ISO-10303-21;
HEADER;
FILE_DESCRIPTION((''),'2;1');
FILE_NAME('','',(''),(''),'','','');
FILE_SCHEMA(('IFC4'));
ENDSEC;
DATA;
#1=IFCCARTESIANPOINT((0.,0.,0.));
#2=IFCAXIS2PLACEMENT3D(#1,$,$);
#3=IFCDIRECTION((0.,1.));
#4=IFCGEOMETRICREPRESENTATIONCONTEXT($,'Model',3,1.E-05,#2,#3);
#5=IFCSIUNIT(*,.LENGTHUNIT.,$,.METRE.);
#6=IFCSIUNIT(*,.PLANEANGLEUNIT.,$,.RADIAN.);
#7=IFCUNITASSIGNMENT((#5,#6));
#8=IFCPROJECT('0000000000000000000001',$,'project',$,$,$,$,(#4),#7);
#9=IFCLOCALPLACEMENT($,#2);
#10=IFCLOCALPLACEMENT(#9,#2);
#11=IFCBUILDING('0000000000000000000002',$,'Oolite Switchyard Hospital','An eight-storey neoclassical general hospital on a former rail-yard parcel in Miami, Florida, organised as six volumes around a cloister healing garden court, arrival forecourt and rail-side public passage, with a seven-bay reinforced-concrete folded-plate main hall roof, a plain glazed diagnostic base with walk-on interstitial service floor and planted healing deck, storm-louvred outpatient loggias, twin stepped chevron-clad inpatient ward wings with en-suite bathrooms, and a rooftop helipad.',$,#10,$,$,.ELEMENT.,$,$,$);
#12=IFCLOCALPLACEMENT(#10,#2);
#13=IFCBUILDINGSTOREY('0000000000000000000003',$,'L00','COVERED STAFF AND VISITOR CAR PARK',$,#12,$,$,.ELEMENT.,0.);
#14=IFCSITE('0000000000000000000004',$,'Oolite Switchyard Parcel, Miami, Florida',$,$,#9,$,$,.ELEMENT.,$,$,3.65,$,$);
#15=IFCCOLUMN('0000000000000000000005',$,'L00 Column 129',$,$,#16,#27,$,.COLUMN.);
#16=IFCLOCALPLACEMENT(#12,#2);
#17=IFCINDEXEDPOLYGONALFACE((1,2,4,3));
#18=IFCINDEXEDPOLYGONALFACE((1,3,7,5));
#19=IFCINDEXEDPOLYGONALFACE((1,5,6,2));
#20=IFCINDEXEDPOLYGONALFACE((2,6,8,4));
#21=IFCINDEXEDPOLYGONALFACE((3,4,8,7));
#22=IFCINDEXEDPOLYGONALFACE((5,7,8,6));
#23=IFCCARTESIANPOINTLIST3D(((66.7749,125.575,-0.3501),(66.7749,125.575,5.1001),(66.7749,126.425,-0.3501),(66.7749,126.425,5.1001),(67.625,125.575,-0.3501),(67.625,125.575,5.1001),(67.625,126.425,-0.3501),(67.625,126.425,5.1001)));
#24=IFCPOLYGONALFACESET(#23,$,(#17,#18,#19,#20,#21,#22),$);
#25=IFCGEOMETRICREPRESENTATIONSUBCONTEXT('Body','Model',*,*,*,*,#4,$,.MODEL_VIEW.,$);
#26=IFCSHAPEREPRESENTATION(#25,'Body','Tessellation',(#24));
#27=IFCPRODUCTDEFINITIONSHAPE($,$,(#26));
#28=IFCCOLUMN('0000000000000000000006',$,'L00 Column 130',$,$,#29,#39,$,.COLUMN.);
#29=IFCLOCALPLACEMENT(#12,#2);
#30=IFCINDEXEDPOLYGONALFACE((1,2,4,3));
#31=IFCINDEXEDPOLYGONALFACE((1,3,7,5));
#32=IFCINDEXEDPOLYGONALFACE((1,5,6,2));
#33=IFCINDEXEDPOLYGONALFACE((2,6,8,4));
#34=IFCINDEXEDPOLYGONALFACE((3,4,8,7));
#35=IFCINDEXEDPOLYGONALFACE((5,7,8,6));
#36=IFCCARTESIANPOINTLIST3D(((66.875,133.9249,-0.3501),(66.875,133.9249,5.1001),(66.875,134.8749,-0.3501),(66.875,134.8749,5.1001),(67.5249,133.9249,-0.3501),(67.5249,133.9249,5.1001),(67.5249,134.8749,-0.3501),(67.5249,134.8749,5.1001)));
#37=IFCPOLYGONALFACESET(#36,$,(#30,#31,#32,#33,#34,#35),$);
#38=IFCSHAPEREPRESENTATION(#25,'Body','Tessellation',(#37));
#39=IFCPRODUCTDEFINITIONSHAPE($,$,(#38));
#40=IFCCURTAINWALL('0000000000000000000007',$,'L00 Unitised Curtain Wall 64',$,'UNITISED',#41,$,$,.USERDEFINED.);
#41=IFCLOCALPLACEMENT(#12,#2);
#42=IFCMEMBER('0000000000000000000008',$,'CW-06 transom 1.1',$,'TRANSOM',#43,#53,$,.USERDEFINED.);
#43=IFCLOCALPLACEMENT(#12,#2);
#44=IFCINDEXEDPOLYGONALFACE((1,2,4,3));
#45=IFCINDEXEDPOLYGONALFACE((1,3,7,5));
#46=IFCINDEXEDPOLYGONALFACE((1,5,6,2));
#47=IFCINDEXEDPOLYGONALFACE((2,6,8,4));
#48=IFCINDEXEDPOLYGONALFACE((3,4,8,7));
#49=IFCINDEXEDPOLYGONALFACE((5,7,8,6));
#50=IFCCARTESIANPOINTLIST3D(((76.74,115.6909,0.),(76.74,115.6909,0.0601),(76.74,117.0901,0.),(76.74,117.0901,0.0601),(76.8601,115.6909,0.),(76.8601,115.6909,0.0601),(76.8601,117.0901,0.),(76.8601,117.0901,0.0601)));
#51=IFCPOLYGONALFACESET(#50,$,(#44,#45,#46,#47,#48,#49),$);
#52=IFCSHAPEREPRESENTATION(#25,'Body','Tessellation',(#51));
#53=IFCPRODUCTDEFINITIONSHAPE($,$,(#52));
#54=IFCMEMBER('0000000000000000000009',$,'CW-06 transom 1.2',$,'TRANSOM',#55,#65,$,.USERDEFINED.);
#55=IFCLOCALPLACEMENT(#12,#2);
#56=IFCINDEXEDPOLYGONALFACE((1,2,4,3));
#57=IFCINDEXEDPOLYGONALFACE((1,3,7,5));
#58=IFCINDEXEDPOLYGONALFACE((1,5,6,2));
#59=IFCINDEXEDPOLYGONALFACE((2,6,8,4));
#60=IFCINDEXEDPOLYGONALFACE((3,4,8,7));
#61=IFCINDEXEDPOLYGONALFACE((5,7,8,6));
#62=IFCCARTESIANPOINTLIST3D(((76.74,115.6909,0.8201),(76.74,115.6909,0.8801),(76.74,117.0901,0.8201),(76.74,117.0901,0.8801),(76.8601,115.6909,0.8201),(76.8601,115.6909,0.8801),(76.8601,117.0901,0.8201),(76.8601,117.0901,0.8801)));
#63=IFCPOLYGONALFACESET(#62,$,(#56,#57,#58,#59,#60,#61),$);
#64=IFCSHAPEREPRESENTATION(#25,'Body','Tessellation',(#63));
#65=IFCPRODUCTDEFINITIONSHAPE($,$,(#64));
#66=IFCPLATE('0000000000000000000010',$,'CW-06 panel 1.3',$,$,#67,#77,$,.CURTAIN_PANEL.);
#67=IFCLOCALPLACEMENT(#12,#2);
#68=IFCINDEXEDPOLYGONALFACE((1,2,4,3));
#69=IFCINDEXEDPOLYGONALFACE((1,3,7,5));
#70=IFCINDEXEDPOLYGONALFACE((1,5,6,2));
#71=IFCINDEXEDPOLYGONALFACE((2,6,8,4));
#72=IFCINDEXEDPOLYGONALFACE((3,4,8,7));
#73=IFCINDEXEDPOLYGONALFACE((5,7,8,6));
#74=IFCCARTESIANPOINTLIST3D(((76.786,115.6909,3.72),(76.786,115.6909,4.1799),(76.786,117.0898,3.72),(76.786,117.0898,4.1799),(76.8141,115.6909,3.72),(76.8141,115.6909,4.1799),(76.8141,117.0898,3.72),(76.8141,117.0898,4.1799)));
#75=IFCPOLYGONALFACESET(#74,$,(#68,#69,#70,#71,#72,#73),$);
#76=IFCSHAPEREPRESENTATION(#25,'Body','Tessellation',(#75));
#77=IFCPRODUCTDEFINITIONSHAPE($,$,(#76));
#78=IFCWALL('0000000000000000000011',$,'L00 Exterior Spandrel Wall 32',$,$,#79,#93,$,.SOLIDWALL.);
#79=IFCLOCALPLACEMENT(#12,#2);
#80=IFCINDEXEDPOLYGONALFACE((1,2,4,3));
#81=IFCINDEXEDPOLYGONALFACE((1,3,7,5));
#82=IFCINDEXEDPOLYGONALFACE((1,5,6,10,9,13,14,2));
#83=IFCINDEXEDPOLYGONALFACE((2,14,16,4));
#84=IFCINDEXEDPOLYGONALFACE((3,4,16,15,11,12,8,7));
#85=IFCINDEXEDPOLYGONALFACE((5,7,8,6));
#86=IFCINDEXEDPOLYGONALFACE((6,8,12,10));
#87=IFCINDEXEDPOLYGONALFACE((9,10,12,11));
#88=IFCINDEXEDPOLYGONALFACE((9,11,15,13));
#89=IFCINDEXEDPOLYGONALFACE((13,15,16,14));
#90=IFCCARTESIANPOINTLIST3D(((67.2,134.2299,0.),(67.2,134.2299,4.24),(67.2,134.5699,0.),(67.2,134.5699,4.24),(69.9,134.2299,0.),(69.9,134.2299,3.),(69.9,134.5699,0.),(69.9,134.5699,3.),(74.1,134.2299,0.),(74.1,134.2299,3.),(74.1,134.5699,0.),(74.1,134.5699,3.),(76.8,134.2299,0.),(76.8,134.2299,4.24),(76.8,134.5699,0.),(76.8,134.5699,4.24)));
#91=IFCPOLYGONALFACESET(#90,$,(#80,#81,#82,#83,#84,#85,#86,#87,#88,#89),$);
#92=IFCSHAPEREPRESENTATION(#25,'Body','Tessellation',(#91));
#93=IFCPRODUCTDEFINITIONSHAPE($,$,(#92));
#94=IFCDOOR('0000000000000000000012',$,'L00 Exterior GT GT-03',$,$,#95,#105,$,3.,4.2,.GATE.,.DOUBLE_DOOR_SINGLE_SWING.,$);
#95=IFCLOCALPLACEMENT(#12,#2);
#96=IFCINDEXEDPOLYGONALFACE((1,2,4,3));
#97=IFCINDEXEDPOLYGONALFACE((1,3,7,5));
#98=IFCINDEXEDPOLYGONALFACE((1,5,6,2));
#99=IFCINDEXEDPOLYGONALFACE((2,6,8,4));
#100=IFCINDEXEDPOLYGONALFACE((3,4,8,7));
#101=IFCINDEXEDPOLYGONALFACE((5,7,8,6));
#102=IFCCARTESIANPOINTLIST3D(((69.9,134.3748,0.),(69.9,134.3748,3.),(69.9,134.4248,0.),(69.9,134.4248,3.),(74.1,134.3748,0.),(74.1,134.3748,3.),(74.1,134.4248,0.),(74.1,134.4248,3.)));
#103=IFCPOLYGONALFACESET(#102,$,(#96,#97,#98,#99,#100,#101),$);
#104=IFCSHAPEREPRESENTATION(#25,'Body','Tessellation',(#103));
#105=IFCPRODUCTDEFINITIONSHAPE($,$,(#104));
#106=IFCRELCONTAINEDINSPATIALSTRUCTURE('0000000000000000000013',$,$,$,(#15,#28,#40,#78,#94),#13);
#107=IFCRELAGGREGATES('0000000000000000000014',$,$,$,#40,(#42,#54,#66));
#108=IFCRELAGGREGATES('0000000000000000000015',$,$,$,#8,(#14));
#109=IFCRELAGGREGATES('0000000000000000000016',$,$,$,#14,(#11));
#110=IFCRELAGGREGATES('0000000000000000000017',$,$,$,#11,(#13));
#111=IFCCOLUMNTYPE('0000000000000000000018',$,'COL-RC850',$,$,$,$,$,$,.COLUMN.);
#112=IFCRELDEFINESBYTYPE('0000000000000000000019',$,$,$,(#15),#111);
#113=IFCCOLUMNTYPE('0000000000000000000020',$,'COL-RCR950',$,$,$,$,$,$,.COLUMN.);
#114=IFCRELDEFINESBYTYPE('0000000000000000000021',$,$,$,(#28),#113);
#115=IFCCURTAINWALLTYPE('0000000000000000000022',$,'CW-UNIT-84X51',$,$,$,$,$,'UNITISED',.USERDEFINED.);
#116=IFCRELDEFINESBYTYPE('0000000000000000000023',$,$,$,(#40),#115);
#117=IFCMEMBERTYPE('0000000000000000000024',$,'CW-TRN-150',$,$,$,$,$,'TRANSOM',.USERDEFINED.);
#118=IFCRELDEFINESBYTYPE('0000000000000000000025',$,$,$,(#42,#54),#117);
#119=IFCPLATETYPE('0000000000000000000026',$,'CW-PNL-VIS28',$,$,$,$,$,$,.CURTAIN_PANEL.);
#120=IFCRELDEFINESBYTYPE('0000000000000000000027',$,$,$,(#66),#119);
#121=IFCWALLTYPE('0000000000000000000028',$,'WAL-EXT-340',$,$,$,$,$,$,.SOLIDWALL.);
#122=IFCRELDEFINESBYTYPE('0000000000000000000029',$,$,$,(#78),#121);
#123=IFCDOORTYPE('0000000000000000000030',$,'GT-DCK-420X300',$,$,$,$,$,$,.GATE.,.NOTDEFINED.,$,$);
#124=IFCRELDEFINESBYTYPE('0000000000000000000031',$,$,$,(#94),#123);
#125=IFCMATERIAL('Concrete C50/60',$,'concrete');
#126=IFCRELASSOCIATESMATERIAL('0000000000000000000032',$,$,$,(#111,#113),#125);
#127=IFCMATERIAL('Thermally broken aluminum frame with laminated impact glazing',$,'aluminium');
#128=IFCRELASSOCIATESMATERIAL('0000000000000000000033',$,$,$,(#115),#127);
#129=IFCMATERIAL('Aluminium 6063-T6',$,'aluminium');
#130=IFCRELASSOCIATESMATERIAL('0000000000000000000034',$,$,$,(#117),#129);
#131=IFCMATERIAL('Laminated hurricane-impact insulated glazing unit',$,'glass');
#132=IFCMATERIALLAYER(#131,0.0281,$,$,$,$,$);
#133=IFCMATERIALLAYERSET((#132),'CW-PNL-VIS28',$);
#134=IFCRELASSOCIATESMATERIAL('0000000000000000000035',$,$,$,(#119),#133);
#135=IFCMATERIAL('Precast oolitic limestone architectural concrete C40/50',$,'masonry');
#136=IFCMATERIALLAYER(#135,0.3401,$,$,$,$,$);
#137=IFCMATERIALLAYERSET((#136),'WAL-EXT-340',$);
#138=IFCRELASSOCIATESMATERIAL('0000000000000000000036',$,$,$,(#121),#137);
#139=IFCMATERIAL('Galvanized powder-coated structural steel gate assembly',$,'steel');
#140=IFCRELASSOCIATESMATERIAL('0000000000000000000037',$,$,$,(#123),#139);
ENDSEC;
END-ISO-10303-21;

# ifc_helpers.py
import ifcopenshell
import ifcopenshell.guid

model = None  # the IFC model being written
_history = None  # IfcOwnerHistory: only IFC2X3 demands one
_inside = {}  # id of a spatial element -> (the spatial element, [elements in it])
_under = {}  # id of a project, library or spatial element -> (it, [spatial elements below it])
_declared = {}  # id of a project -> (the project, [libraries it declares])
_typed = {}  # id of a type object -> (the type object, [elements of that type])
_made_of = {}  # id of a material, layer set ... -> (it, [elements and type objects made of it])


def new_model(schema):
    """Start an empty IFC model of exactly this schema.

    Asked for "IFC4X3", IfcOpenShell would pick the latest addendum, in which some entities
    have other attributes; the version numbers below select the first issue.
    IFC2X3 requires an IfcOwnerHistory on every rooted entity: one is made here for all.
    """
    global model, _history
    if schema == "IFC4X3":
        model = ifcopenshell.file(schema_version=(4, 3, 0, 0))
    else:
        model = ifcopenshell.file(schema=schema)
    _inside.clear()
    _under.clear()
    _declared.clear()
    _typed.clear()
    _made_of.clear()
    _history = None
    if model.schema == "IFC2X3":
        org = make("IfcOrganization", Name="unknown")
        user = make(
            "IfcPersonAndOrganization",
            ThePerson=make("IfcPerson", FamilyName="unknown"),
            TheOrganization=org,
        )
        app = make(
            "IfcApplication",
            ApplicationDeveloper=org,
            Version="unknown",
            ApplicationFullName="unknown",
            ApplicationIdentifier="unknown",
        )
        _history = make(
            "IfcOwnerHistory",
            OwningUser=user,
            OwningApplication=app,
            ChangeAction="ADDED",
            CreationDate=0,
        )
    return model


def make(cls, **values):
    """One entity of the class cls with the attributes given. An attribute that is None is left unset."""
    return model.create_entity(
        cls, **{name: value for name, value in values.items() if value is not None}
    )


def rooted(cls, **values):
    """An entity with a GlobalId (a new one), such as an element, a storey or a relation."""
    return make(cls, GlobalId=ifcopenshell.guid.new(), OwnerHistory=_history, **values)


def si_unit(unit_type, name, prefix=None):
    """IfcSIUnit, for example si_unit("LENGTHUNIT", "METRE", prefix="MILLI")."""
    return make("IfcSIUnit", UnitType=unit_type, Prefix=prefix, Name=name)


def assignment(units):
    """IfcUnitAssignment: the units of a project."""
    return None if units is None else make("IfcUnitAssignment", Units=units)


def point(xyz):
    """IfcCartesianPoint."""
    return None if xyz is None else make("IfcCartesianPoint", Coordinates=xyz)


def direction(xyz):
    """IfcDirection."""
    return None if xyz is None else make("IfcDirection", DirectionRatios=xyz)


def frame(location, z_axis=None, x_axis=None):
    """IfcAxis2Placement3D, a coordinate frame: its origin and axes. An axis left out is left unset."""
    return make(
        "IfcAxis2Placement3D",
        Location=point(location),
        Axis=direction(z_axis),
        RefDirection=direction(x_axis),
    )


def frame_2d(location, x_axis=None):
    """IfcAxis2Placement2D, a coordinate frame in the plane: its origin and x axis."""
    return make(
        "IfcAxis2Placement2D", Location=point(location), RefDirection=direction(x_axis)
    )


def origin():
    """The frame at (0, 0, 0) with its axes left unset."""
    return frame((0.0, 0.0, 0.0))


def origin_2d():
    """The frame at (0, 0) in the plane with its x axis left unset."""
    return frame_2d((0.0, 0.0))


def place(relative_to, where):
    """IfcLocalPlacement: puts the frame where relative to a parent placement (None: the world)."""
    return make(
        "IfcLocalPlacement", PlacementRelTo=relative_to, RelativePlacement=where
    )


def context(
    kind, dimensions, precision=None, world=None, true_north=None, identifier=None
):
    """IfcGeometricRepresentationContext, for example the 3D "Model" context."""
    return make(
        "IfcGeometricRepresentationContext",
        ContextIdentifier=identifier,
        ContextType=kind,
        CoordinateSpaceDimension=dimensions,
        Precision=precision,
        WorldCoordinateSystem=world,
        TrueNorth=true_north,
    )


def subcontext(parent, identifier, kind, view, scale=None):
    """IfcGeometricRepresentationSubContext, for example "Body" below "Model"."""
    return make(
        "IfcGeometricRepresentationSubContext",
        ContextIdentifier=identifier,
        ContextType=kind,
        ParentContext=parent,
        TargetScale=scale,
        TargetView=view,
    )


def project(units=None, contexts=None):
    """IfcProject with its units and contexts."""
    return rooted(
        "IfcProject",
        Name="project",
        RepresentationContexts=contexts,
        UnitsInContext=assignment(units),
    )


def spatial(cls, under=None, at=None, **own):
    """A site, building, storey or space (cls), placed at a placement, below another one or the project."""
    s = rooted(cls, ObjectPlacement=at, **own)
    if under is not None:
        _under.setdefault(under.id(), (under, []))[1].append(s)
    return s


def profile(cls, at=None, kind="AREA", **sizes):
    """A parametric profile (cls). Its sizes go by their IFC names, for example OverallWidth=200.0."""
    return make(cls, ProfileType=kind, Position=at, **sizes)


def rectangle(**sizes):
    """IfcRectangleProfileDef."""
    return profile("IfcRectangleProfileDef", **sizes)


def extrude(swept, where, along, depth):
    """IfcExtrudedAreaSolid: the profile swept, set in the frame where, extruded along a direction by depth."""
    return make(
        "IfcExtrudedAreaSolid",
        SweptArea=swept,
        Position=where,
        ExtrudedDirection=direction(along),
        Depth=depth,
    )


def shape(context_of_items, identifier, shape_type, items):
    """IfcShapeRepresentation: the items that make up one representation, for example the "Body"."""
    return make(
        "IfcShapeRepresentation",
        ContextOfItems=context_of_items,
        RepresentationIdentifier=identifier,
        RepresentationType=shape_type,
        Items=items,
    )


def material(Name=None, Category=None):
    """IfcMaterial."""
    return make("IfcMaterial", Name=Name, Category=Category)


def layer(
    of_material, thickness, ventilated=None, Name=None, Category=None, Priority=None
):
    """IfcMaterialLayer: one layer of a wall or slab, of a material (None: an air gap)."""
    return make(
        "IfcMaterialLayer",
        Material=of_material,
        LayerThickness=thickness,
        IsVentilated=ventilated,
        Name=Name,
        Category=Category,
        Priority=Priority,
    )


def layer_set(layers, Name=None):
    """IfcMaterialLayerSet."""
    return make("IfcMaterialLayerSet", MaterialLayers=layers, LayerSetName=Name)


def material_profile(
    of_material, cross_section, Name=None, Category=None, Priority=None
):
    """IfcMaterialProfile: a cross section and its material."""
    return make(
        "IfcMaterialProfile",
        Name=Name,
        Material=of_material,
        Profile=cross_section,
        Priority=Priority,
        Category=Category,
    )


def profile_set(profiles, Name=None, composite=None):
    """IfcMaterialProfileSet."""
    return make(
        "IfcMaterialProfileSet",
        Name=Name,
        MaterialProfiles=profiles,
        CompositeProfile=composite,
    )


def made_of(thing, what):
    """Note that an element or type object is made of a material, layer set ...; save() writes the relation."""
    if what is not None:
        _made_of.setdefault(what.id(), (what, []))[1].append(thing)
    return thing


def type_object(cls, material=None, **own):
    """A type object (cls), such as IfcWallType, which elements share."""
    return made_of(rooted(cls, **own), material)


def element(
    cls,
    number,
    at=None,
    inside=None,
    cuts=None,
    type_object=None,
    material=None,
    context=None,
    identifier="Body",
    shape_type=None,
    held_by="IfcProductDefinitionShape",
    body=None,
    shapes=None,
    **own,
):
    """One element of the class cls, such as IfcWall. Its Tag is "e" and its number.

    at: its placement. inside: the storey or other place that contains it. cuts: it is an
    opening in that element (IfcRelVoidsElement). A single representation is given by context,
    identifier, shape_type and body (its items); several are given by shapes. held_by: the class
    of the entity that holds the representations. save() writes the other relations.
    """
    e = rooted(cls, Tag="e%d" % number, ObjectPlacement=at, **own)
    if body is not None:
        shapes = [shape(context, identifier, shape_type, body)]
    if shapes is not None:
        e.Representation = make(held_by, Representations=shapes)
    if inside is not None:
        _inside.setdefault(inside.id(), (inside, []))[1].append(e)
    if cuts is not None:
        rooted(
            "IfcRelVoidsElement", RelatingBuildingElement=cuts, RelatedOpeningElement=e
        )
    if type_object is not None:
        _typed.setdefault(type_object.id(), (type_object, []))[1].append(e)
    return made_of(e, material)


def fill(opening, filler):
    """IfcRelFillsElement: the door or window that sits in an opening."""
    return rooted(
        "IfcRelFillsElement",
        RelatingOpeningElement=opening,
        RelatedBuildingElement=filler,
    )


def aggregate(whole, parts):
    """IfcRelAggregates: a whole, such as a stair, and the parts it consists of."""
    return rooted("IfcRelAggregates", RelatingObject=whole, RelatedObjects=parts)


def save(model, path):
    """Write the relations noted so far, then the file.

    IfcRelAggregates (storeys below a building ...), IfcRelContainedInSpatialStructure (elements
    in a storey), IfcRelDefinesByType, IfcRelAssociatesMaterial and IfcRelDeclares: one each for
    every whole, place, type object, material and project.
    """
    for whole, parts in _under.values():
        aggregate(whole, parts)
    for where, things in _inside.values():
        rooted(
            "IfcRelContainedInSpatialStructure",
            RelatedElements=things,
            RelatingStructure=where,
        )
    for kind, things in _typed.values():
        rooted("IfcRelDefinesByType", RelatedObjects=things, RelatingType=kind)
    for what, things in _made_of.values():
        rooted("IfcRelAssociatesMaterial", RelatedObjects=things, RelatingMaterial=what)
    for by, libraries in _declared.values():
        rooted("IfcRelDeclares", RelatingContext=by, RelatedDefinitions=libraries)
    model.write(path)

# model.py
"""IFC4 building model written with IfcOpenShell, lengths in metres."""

from ifc_helpers import new_model, si_unit, direction, frame, frame_2d, origin, origin_2d, place, context, subcontext, project, spatial, rectangle, extrude, material, layer, layer_set, material_profile, profile_set, type_object, element, fill, aggregate, save


model = new_model("IFC4")

# Units and contexts
model_context = context("Model", 3, precision=1e-05, world=origin(), true_north=direction((0.0, 1.0)))
body_context = subcontext(model_context, "Body", "Model", "MODEL_VIEW")
ifc_project = project(units=[si_unit("LENGTHUNIT", "METRE"), si_unit("PLANEANGLEUNIT", "RADIAN")], contexts=[model_context])

# Site, building, storey
site_placement = place(None, origin())
site = spatial("IfcSite", under=ifc_project, at=site_placement, Name="Oolite Switchyard Parcel, Miami, Florida", CompositionType="ELEMENT", RefElevation=3.65)
building_placement = place(site_placement, origin())
building = spatial("IfcBuilding", under=site, at=building_placement, Name="Oolite Switchyard Hospital", Description="An eight-storey neoclassical general hospital on a former rail-yard parcel in Miami, Florida, organised as six volumes around a cloister healing garden court, arrival forecourt and rail-side public passage, with a seven-bay reinforced-concrete folded-plate main hall roof, a plain glazed diagnostic base with walk-on interstitial service floor and planted healing deck, storm-louvred outpatient loggias, twin stepped chevron-clad inpatient ward wings with en-suite bathrooms, and a rooftop helipad.", CompositionType="ELEMENT")
storey_placement = place(building_placement, origin())
storey = spatial("IfcBuildingStorey", under=building, at=storey_placement, Name="L00", Description="COVERED STAFF AND VISITOR CAR PARK", CompositionType="ELEMENT", Elevation=0.0)

# Columns
ifc_material_1 = material(Name="Concrete C50/60", Category="concrete")
ifc_material_profile_1 = material_profile(ifc_material_1, rectangle(XDim=0.8501, YDim=0.8501, at=origin_2d()), Name="RC850X850")
ifc_profile_set_1 = profile_set([ifc_material_profile_1], Name="Concrete C50/60")
column_type_1 = type_object("IfcColumnType", Name="COL-RC850", PredefinedType="COLUMN", material=ifc_profile_set_1)
column_1_placement = place(storey_placement, frame((67.2, 126.0, -0.3501), z_axis=(0.0, 0.0, 1.0), x_axis=(1.0, 0.0, 0.0)))
element("IfcColumn", 1, at=column_1_placement, inside=storey, type_object=column_type_1, Name="L00 Column 129", PredefinedType="COLUMN", context=body_context, shape_type="SweptSolid", body=[
    extrude(rectangle(XDim=0.8501, YDim=0.8501, at=origin_2d()), origin(), (0.0, 0.0, 1.0), 5.4502),
])
ifc_material_profile_2 = material_profile(ifc_material_1, rectangle(XDim=0.95, YDim=0.6499, at=origin_2d()), Name="RC950X650")
ifc_profile_set_2 = profile_set([ifc_material_profile_2], Name="Concrete C50/60")
column_type_2 = type_object("IfcColumnType", Name="COL-RCR950", PredefinedType="COLUMN", material=ifc_profile_set_2)
column_2_placement = place(storey_placement, frame((67.2, 134.3999, -0.3501), z_axis=(0.0, 0.0, 1.0), x_axis=(0.0, 1.0, 0.0)))
element("IfcColumn", 2, at=column_2_placement, inside=storey, type_object=column_type_2, Name="L00 Column 130", PredefinedType="COLUMN", context=body_context, shape_type="SweptSolid", body=[
    extrude(rectangle(XDim=0.95, YDim=0.6499, at=origin_2d()), origin(), (0.0, 0.0, 1.0), 5.4502),
])

# Curtain wall, members, plate
ifc_material_2 = material(Name="Thermally broken aluminum frame with laminated impact glazing", Category="aluminium")
curtain_wall_type = type_object("IfcCurtainWallType", Name="CW-UNIT-84X51", ElementType="UNITISED", PredefinedType="USERDEFINED", material=ifc_material_2)
curtain_wall_placement = place(storey_placement, origin())
curtain_wall = element("IfcCurtainWall", 3, at=curtain_wall_placement, inside=storey, type_object=curtain_wall_type, Name="L00 Unitised Curtain Wall 64", ObjectType="UNITISED", PredefinedType="USERDEFINED")
ifc_material_3 = material(Name="Aluminium 6063-T6", Category="aluminium")
ifc_material_profile_3 = material_profile(ifc_material_3, rectangle(XDim=0.1201, YDim=0.0601, at=origin_2d()), Name="CWT60X120")
ifc_profile_set_3 = profile_set([ifc_material_profile_3], Name="Aluminium 6063-T6")
member_type = type_object("IfcMemberType", Name="CW-TRN-150", ElementType="TRANSOM", PredefinedType="USERDEFINED", material=ifc_profile_set_3)
member_1_placement = place(storey_placement, frame((76.8, 117.0901, 0.03), z_axis=(0.0, -1.0, 0.0), x_axis=(1.0, 0.0, 0.0)))
member_1 = element("IfcMember", 4, at=member_1_placement, type_object=member_type, Name="CW-06 transom 1.1", ObjectType="TRANSOM", PredefinedType="USERDEFINED", context=body_context, shape_type="SweptSolid", body=[
    extrude(rectangle(XDim=0.1201, YDim=0.0601, at=origin_2d()), origin(), (0.0, 0.0, 1.0), 1.3992),
])
member_2_placement = place(storey_placement, frame((76.8, 117.0901, 0.8501), z_axis=(0.0, -1.0, 0.0), x_axis=(1.0, 0.0, 0.0)))
member_2 = element("IfcMember", 5, at=member_2_placement, type_object=member_type, Name="CW-06 transom 1.2", ObjectType="TRANSOM", PredefinedType="USERDEFINED", context=body_context, shape_type="SweptSolid", body=[
    extrude(rectangle(XDim=0.1201, YDim=0.0601, at=origin_2d()), origin(), (0.0, 0.0, 1.0), 1.3992),
])
ifc_material_4 = material(Name="Laminated hurricane-impact insulated glazing unit", Category="glass")
ifc_layer_1 = layer(ifc_material_4, 0.0281)
ifc_layer_set_1 = layer_set([ifc_layer_1], Name="CW-PNL-VIS28")
plate_type = type_object("IfcPlateType", Name="CW-PNL-VIS28", PredefinedType="CURTAIN_PANEL", material=ifc_layer_set_1)
plate_placement = place(storey_placement, frame((76.8, 116.3904, 3.72), z_axis=(0.0, 0.0, 1.0), x_axis=(0.0, -1.0, 0.0)))
plate = element("IfcPlate", 6, at=plate_placement, type_object=plate_type, Name="CW-06 panel 1.3", PredefinedType="CURTAIN_PANEL", context=body_context, shape_type="SweptSolid", body=[
    extrude(rectangle(XDim=1.3989, YDim=0.0281, at=origin_2d()), origin(), (0.0, 0.0, 1.0), 0.46),
])
aggregate(curtain_wall, [member_1, member_2, plate])

# Wall, opening, door
ifc_material_5 = material(Name="Precast oolitic limestone architectural concrete C40/50", Category="masonry")
ifc_layer_2 = layer(ifc_material_5, 0.3401)
ifc_layer_set_2 = layer_set([ifc_layer_2], Name="WAL-EXT-340")
wall_type = type_object("IfcWallType", Name="WAL-EXT-340", PredefinedType="SOLIDWALL", material=ifc_layer_set_2)
wall_placement = place(storey_placement, frame((67.2, 134.3999, 0.0), z_axis=(0.0, 0.0, 1.0), x_axis=(1.0, 0.0, 0.0)))
wall = element("IfcWall", 7, at=wall_placement, inside=storey, type_object=wall_type, Name="L00 Exterior Spandrel Wall 32", PredefinedType="SOLIDWALL", context=body_context, shape_type="SweptSolid", body=[
    extrude(rectangle(XDim=9.6001, YDim=0.3401, at=frame_2d((4.8, 0.0))), origin(), (0.0, 0.0, 1.0), 4.24),
])
opening_placement = place(wall_placement, frame((2.7, 0.0, 0.0)))
opening = element("IfcOpeningElement", 8, at=opening_placement, cuts=wall, PredefinedType="OPENING", context=body_context, shape_type="SweptSolid", body=[
    extrude(rectangle(XDim=4.2, YDim=3.0, at=frame_2d((2.1001, 1.5))), frame((0.0, 0.1802, 0.0), z_axis=(0.0, -1.0, 0.0), x_axis=(1.0, 0.0, 0.0)), (0.0, 0.0, 1.0), 0.3601),
])
ifc_material_6 = material(Name="Galvanized powder-coated structural steel gate assembly", Category="steel")
door_type = type_object("IfcDoorType", Name="GT-DCK-420X300", OperationType="NOTDEFINED", PredefinedType="GATE", material=ifc_material_6)
door_placement = place(opening_placement, origin())
door = element("IfcDoor", 9, at=door_placement, inside=storey, type_object=door_type, Name="L00 Exterior GT GT-03", OperationType="DOUBLE_DOOR_SINGLE_SWING", OverallHeight=3.0, OverallWidth=4.2, PredefinedType="GATE", context=body_context, shape_type="SweptSolid", body=[
    extrude(rectangle(XDim=4.2, YDim=3.0, at=frame_2d((2.1001, 1.5))), frame((0.0, 0.0249, 0.0), z_axis=(0.0, -1.0, 0.0), x_axis=(1.0, 0.0, 0.0)), (0.0, 0.0, 1.0), 0.05),
])
fill(opening, door)

save(model, "model.ifc")
